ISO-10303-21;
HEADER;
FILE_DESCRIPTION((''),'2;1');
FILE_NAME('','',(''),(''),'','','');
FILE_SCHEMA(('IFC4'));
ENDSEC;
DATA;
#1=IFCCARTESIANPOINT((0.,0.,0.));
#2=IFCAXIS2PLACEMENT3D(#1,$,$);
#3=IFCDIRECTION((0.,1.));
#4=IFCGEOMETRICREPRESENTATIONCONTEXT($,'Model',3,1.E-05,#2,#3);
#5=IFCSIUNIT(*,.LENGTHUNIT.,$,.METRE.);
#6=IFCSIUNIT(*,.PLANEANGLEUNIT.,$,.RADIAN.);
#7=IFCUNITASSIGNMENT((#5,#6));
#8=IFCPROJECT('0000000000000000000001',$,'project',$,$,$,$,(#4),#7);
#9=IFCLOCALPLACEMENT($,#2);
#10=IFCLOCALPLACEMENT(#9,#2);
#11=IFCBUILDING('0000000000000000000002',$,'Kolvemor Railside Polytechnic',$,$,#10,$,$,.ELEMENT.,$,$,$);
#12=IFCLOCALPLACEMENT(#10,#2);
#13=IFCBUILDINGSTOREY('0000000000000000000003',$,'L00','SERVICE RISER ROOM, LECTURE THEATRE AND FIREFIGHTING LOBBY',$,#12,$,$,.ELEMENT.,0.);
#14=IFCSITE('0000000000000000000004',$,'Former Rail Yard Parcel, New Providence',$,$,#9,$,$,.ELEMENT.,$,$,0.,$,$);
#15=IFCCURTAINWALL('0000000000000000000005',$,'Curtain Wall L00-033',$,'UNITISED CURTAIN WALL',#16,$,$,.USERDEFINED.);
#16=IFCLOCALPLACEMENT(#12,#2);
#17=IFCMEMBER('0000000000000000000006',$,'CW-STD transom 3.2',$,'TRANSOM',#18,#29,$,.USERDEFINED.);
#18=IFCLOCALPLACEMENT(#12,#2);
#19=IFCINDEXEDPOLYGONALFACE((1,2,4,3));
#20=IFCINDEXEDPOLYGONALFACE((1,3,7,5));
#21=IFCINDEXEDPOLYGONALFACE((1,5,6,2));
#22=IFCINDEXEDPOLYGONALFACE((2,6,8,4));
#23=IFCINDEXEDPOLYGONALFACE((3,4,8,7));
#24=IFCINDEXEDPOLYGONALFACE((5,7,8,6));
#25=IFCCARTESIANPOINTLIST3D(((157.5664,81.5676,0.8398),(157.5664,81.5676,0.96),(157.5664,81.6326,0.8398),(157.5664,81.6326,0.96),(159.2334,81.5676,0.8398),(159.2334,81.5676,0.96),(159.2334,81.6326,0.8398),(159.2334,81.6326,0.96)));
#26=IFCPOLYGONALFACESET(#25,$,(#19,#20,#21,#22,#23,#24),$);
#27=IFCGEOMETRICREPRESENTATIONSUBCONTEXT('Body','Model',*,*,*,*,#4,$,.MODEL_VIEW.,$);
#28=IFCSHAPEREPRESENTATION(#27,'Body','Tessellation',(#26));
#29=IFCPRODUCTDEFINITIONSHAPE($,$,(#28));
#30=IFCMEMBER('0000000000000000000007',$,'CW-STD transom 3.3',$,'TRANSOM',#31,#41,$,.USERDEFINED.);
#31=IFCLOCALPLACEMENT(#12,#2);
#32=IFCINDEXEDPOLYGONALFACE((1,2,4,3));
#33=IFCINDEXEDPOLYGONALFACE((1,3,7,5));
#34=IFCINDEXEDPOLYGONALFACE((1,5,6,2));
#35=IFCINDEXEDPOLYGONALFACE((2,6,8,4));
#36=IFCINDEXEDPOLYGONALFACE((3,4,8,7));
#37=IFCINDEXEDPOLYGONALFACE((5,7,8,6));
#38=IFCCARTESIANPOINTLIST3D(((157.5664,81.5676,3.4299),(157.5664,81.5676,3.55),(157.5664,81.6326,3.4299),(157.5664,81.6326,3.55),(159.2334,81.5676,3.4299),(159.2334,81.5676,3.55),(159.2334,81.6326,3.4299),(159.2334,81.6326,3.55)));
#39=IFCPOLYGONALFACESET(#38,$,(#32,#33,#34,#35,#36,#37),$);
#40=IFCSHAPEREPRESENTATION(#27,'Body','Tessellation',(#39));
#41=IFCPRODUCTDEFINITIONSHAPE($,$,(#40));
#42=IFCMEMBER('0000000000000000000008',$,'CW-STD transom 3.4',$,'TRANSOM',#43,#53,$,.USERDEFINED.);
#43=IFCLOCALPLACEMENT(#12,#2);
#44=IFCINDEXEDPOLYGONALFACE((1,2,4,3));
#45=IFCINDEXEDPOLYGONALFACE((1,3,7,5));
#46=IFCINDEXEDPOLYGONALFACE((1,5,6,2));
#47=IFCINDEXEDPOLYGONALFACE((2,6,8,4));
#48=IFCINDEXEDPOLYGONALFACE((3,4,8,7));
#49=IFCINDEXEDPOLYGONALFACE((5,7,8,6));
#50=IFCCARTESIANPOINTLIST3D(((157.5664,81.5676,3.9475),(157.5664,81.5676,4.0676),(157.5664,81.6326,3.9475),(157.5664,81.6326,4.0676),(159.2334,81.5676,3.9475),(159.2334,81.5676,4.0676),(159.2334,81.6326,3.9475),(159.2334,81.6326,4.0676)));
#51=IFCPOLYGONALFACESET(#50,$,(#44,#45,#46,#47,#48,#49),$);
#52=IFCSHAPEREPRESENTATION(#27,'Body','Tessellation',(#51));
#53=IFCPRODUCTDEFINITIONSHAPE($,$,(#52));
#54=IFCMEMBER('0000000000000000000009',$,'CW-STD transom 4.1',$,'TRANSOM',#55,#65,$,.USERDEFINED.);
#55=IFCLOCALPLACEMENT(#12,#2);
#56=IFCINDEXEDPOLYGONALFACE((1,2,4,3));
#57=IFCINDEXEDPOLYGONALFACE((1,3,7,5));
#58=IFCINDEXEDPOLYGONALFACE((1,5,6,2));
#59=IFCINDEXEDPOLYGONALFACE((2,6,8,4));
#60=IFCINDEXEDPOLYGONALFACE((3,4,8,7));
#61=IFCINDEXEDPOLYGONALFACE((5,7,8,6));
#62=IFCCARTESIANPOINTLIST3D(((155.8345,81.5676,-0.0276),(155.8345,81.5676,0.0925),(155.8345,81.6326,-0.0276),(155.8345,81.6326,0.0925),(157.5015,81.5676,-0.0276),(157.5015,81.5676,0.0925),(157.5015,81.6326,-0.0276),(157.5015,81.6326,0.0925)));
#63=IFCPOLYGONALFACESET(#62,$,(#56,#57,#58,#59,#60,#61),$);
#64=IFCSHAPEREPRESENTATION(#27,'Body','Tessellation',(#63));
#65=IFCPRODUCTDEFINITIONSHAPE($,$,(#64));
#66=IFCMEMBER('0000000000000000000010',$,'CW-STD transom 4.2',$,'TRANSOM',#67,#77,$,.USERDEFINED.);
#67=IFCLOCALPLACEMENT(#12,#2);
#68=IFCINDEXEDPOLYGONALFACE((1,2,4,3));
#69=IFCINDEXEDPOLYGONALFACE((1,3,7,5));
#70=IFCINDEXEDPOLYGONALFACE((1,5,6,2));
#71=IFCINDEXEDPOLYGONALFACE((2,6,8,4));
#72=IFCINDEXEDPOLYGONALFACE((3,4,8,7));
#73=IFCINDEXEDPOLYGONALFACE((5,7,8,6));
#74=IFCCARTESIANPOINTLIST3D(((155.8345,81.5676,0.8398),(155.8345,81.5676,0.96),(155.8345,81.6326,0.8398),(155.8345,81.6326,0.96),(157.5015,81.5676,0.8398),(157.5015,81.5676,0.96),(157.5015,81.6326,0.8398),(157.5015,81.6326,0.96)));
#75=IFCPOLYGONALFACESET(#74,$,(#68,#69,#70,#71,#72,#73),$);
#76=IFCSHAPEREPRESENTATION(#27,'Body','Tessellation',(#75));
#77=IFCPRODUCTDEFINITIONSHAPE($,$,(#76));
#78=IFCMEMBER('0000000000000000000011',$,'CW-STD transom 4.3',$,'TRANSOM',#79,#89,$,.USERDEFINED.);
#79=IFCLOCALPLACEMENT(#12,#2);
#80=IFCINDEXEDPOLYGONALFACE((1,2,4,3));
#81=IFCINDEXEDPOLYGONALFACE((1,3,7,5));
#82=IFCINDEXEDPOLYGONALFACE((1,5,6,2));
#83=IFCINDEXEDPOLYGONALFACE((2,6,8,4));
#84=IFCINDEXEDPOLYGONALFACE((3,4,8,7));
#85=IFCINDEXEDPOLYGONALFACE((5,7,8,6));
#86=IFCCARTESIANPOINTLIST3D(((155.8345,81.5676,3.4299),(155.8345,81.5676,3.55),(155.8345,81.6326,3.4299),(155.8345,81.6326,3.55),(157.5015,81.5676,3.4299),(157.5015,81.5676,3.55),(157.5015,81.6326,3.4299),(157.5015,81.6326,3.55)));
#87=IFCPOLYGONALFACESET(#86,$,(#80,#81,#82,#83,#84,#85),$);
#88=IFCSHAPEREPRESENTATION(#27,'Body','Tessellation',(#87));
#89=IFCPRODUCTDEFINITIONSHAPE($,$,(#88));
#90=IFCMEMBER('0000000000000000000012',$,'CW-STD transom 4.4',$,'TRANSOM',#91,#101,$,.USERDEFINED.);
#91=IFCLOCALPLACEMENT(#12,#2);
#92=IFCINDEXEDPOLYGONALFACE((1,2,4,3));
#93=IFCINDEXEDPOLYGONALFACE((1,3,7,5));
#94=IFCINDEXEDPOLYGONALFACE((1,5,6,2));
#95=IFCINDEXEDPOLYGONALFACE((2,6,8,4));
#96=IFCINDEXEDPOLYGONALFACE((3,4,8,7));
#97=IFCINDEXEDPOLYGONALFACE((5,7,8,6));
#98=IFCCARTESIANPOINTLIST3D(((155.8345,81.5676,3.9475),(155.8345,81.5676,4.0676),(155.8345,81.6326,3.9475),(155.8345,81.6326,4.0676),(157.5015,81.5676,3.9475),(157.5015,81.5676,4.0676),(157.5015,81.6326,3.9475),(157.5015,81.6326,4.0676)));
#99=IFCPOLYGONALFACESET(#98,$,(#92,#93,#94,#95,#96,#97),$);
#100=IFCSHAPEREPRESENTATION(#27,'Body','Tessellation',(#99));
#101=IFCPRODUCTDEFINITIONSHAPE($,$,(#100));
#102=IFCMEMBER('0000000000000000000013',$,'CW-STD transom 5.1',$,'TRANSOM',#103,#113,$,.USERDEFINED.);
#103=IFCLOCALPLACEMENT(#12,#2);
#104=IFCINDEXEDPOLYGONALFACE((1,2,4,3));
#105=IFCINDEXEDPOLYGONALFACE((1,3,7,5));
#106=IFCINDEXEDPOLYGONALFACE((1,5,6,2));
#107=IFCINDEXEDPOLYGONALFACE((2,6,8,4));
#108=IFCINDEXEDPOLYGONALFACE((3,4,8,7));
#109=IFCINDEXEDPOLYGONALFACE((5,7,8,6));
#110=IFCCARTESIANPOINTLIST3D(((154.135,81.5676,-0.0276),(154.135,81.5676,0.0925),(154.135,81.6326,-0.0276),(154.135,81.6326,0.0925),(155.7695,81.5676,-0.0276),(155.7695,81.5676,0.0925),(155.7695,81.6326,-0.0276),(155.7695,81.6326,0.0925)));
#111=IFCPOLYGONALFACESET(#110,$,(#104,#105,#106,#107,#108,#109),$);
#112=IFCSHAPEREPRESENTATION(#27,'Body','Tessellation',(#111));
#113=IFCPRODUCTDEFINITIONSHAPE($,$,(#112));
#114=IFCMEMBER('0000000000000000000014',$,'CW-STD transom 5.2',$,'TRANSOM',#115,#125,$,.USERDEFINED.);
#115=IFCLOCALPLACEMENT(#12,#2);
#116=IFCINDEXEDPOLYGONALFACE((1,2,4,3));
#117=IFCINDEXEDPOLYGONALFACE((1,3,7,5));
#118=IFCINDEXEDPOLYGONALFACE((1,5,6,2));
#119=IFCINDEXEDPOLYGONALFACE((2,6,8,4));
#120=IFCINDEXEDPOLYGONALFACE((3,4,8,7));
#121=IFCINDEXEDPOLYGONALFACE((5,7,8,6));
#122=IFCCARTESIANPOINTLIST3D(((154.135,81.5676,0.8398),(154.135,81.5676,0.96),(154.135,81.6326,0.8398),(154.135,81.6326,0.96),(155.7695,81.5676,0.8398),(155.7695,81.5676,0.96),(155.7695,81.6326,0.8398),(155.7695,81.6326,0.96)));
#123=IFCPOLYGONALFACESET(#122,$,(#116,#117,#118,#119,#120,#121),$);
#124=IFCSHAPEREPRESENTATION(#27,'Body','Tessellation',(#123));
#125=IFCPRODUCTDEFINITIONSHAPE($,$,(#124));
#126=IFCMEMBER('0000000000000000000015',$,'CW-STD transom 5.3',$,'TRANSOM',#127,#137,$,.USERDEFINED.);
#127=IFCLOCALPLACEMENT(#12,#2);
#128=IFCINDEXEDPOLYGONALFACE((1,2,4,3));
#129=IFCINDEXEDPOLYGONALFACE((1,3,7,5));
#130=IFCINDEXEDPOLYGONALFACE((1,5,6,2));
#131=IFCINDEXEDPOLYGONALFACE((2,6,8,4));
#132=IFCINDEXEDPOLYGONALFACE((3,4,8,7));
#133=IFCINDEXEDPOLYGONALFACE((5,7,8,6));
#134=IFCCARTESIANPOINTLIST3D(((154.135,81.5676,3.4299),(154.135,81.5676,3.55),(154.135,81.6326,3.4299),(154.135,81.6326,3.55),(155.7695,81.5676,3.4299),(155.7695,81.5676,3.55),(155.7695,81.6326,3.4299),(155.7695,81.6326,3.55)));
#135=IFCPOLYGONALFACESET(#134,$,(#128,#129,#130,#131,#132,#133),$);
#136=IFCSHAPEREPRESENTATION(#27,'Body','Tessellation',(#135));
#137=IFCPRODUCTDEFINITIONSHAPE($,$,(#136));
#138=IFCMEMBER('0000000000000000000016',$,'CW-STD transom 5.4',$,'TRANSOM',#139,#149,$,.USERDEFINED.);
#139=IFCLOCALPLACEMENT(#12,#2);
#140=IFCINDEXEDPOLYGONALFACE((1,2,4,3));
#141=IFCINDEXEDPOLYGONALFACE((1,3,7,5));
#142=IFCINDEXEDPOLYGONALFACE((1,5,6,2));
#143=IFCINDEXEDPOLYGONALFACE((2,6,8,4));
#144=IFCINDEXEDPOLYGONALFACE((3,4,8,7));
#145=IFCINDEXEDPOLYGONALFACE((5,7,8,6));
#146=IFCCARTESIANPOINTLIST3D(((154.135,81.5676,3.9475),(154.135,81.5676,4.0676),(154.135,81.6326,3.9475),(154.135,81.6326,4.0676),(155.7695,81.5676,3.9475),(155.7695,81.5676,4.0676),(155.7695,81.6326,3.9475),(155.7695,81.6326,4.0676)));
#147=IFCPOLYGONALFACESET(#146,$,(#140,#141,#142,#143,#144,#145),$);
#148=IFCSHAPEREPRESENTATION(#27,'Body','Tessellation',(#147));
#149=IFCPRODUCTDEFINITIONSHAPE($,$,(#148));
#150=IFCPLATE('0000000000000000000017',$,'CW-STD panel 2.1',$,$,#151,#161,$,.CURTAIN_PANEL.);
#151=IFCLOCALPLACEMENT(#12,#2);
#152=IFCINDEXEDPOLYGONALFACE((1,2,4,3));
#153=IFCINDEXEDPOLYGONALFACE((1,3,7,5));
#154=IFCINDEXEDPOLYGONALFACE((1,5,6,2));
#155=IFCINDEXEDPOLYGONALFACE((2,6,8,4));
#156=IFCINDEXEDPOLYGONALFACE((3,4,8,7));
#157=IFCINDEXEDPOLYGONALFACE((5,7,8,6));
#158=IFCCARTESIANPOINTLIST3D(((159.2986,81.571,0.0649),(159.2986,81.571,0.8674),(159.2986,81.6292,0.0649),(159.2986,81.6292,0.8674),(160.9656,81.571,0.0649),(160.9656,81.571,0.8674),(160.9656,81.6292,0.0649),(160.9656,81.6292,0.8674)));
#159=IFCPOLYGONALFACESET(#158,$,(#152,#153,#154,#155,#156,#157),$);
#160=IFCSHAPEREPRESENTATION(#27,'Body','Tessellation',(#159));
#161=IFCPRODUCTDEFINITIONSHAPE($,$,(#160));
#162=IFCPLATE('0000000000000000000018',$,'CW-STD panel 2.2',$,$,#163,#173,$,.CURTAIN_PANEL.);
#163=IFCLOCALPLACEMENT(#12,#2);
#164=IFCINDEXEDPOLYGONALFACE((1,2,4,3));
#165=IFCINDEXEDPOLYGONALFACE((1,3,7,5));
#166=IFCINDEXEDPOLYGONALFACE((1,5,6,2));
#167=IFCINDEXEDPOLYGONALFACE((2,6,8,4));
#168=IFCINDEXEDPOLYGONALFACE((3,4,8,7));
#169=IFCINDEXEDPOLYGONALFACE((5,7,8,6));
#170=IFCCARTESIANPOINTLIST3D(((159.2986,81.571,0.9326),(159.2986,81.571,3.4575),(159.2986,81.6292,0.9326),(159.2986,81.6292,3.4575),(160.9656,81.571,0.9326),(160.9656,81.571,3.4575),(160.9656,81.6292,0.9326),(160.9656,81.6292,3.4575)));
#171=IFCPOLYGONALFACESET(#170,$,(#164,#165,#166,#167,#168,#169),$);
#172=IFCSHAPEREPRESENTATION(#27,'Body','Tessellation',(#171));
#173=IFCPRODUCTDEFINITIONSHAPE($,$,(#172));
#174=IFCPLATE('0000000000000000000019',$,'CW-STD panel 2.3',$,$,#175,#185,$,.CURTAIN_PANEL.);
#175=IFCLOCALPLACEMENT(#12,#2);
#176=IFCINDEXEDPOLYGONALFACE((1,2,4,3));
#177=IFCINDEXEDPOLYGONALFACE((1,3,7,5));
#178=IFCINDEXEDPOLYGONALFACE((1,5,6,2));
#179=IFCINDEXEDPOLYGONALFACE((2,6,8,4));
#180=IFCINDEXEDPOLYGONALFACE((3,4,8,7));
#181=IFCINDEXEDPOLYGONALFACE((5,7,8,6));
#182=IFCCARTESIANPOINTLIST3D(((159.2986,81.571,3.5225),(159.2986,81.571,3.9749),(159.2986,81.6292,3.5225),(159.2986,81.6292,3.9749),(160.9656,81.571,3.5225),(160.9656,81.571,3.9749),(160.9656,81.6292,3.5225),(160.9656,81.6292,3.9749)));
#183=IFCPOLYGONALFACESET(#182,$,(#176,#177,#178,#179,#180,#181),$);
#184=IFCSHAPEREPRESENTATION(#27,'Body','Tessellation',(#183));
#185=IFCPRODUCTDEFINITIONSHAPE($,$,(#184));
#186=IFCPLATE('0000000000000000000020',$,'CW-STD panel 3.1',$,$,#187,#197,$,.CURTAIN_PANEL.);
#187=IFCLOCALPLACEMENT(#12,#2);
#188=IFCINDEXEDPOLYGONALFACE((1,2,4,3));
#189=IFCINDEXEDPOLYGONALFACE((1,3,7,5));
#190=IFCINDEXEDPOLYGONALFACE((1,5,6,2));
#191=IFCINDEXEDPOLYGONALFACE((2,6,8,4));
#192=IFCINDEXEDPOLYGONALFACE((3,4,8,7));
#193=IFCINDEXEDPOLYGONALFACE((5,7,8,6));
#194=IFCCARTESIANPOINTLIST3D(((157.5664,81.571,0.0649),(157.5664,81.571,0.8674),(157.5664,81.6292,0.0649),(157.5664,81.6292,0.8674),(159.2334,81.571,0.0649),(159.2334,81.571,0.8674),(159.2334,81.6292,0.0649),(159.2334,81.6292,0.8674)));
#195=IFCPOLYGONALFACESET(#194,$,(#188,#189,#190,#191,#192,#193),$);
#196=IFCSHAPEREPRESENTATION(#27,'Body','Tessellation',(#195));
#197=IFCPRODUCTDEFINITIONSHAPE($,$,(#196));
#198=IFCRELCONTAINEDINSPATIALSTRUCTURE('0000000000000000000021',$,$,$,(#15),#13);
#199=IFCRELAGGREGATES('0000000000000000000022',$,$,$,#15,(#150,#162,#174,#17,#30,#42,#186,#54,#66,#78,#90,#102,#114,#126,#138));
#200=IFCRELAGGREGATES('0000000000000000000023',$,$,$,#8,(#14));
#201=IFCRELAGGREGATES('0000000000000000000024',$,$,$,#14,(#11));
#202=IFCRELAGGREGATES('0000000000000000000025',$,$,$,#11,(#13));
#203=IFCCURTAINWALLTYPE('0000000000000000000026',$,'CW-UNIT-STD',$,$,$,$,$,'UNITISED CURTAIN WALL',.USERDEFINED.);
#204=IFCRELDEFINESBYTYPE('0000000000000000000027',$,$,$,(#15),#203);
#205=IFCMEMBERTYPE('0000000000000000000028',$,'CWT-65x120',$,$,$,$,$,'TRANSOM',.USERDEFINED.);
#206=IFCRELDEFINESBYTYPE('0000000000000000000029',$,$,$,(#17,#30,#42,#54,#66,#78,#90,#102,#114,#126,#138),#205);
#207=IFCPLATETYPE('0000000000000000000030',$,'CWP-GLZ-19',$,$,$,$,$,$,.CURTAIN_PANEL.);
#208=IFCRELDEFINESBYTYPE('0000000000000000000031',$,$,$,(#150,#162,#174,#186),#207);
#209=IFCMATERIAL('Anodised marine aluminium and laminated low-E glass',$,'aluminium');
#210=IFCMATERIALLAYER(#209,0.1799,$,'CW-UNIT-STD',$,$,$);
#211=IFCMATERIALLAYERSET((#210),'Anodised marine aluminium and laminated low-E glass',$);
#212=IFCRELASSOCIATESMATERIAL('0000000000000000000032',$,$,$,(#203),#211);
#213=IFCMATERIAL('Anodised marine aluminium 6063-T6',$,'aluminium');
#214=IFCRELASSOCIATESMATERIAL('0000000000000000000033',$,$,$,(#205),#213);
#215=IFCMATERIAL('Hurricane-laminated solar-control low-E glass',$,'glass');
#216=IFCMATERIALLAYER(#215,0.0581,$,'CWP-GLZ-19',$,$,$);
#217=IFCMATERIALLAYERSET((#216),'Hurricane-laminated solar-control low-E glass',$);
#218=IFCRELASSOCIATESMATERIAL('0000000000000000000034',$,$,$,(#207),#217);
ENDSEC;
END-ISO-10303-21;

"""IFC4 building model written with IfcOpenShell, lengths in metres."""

from ifc_helpers import new_model, si_unit, direction, frame, origin, origin_2d, place, context, subcontext, project, spatial, rectangle, extrude, material, layer, layer_set, material_profile, profile_set, type_object, element, aggregate, save


model = new_model("IFC4")

# Units and contexts
model_context = context("Model", 3, precision=1e-05, world=origin(), true_north=direction((0.0, 1.0)))
body_context = subcontext(model_context, "Body", "Model", "MODEL_VIEW")
ifc_project = project(units=[si_unit("LENGTHUNIT", "METRE"), si_unit("PLANEANGLEUNIT", "RADIAN")], contexts=[model_context])

# Site, building, storey
site_placement = place(None, origin())
site = spatial("IfcSite", under=ifc_project, at=site_placement, Name="Former Rail Yard Parcel, New Providence", CompositionType="ELEMENT", RefElevation=0.0)
building_placement = place(site_placement, origin())
building = spatial("IfcBuilding", under=site, at=building_placement, Name="Kolvemor Railside Polytechnic", CompositionType="ELEMENT")
storey_placement = place(building_placement, origin())
storey = spatial("IfcBuildingStorey", under=building, at=storey_placement, Name="L00", Description="SERVICE RISER ROOM, LECTURE THEATRE AND FIREFIGHTING LOBBY", CompositionType="ELEMENT", Elevation=0.0)

# Curtain wall, members, plates
ifc_material_1 = material(Name="Anodised marine aluminium and laminated low-E glass", Category="aluminium")
ifc_layer_1 = layer(ifc_material_1, 0.1799, Name="CW-UNIT-STD")
ifc_layer_set_1 = layer_set([ifc_layer_1], Name="Anodised marine aluminium and laminated low-E glass")
curtain_wall_type = type_object("IfcCurtainWallType", Name="CW-UNIT-STD", ElementType="UNITISED CURTAIN WALL", PredefinedType="USERDEFINED", material=ifc_layer_set_1)
curtain_wall_placement = place(storey_placement, origin())
curtain_wall = element("IfcCurtainWall", 1, at=curtain_wall_placement, inside=storey, type_object=curtain_wall_type, Name="Curtain Wall L00-033", ObjectType="UNITISED CURTAIN WALL", PredefinedType="USERDEFINED")
ifc_material_2 = material(Name="Anodised marine aluminium 6063-T6", Category="aluminium")
ifc_material_profile_1 = material_profile(ifc_material_2, rectangle(XDim=0.0649, YDim=0.1201, at=origin_2d()), Name="CW-TRN-65x120")
ifc_profile_set_1 = profile_set([ifc_material_profile_1], Name="Anodised marine aluminium 6063-T6")
member_type_1 = type_object("IfcMemberType", Name="CWT-65x120", ElementType="TRANSOM", PredefinedType="USERDEFINED", material=ifc_profile_set_1)
member_1_placement = place(storey_placement, frame((159.2334, 81.6001, 0.8999), z_axis=(-1.0, 0.0, 0.0), x_axis=(0.0, -1.0, 0.0)))
member_1 = element("IfcMember", 2, at=member_1_placement, type_object=member_type_1, Name="CW-STD transom 3.2", ObjectType="TRANSOM", PredefinedType="USERDEFINED", context=body_context, shape_type="SweptSolid", body=[
    extrude(rectangle(XDim=0.0649, YDim=0.1201, at=origin_2d()), origin(), (0.0, 0.0, 1.0), 1.667),
])
member_2_placement = place(storey_placement, frame((159.2334, 81.6001, 3.49), z_axis=(-1.0, 0.0, 0.0), x_axis=(0.0, -1.0, 0.0)))
member_2 = element("IfcMember", 3, at=member_2_placement, type_object=member_type_1, Name="CW-STD transom 3.3", ObjectType="TRANSOM", PredefinedType="USERDEFINED", context=body_context, shape_type="SweptSolid", body=[
    extrude(rectangle(XDim=0.0649, YDim=0.1201, at=origin_2d()), origin(), (0.0, 0.0, 1.0), 1.667),
])
member_3_placement = place(storey_placement, frame((159.2334, 81.6001, 4.0076), z_axis=(-1.0, 0.0, 0.0), x_axis=(0.0, -1.0, 0.0)))
member_3 = element("IfcMember", 4, at=member_3_placement, type_object=member_type_1, Name="CW-STD transom 3.4", ObjectType="TRANSOM", PredefinedType="USERDEFINED", context=body_context, shape_type="SweptSolid", body=[
    extrude(rectangle(XDim=0.0649, YDim=0.1201, at=origin_2d()), origin(), (0.0, 0.0, 1.0), 1.667),
])
member_4_placement = place(storey_placement, frame((157.5015, 81.6001, 0.0325), z_axis=(-1.0, 0.0, 0.0), x_axis=(0.0, -1.0, 0.0)))
member_4 = element("IfcMember", 5, at=member_4_placement, type_object=member_type_1, Name="CW-STD transom 4.1", ObjectType="TRANSOM", PredefinedType="USERDEFINED", context=body_context, shape_type="SweptSolid", body=[
    extrude(rectangle(XDim=0.0649, YDim=0.1201, at=origin_2d()), origin(), (0.0, 0.0, 1.0), 1.667),
])
member_5_placement = place(storey_placement, frame((157.5015, 81.6001, 0.8999), z_axis=(-1.0, 0.0, 0.0), x_axis=(0.0, -1.0, 0.0)))
member_5 = element("IfcMember", 6, at=member_5_placement, type_object=member_type_1, Name="CW-STD transom 4.2", ObjectType="TRANSOM", PredefinedType="USERDEFINED", context=body_context, shape_type="SweptSolid", body=[
    extrude(rectangle(XDim=0.0649, YDim=0.1201, at=origin_2d()), origin(), (0.0, 0.0, 1.0), 1.667),
])
member_6_placement = place(storey_placement, frame((157.5015, 81.6001, 3.49), z_axis=(-1.0, 0.0, 0.0), x_axis=(0.0, -1.0, 0.0)))
member_6 = element("IfcMember", 7, at=member_6_placement, type_object=member_type_1, Name="CW-STD transom 4.3", ObjectType="TRANSOM", PredefinedType="USERDEFINED", context=body_context, shape_type="SweptSolid", body=[
    extrude(rectangle(XDim=0.0649, YDim=0.1201, at=origin_2d()), origin(), (0.0, 0.0, 1.0), 1.667),
])
member_7_placement = place(storey_placement, frame((157.5015, 81.6001, 4.0076), z_axis=(-1.0, 0.0, 0.0), x_axis=(0.0, -1.0, 0.0)))
member_7 = element("IfcMember", 8, at=member_7_placement, type_object=member_type_1, Name="CW-STD transom 4.4", ObjectType="TRANSOM", PredefinedType="USERDEFINED", context=body_context, shape_type="SweptSolid", body=[
    extrude(rectangle(XDim=0.0649, YDim=0.1201, at=origin_2d()), origin(), (0.0, 0.0, 1.0), 1.667),
])
member_8_placement = place(storey_placement, frame((155.7695, 81.6001, 0.0325), z_axis=(-1.0, 0.0, 0.0), x_axis=(0.0, -1.0, 0.0)))
member_8 = element("IfcMember", 9, at=member_8_placement, type_object=member_type_1, Name="CW-STD transom 5.1", ObjectType="TRANSOM", PredefinedType="USERDEFINED", context=body_context, shape_type="SweptSolid", body=[
    extrude(rectangle(XDim=0.0649, YDim=0.1201, at=origin_2d()), origin(), (0.0, 0.0, 1.0), 1.6345),
])
member_9_placement = place(storey_placement, frame((155.7695, 81.6001, 0.8999), z_axis=(-1.0, 0.0, 0.0), x_axis=(0.0, -1.0, 0.0)))
member_9 = element("IfcMember", 10, at=member_9_placement, type_object=member_type_1, Name="CW-STD transom 5.2", ObjectType="TRANSOM", PredefinedType="USERDEFINED", context=body_context, shape_type="SweptSolid", body=[
    extrude(rectangle(XDim=0.0649, YDim=0.1201, at=origin_2d()), origin(), (0.0, 0.0, 1.0), 1.6345),
])
member_10_placement = place(storey_placement, frame((155.7695, 81.6001, 3.49), z_axis=(-1.0, 0.0, 0.0), x_axis=(0.0, -1.0, 0.0)))
member_10 = element("IfcMember", 11, at=member_10_placement, type_object=member_type_1, Name="CW-STD transom 5.3", ObjectType="TRANSOM", PredefinedType="USERDEFINED", context=body_context, shape_type="SweptSolid", body=[
    extrude(rectangle(XDim=0.0649, YDim=0.1201, at=origin_2d()), origin(), (0.0, 0.0, 1.0), 1.6345),
])
member_11_placement = place(storey_placement, frame((155.7695, 81.6001, 4.0076), z_axis=(-1.0, 0.0, 0.0), x_axis=(0.0, -1.0, 0.0)))
member_11 = element("IfcMember", 12, at=member_11_placement, type_object=member_type_1, Name="CW-STD transom 5.4", ObjectType="TRANSOM", PredefinedType="USERDEFINED", context=body_context, shape_type="SweptSolid", body=[
    extrude(rectangle(XDim=0.0649, YDim=0.1201, at=origin_2d()), origin(), (0.0, 0.0, 1.0), 1.6345),
])
ifc_material_3 = material(Name="Hurricane-laminated solar-control low-E glass", Category="glass")
ifc_layer_2 = layer(ifc_material_3, 0.0581, Name="CWP-GLZ-19")
ifc_layer_set_2 = layer_set([ifc_layer_2], Name="Hurricane-laminated solar-control low-E glass")
plate_type = type_object("IfcPlateType", Name="CWP-GLZ-19", PredefinedType="CURTAIN_PANEL", material=ifc_layer_set_2)
plate_1_placement = place(storey_placement, frame((160.1321, 81.6001, 0.0649), z_axis=(0.0, 0.0, 1.0), x_axis=(-1.0, 0.0, 0.0)))
plate_1 = element("IfcPlate", 13, at=plate_1_placement, type_object=plate_type, Name="CW-STD panel 2.1", PredefinedType="CURTAIN_PANEL", context=body_context, shape_type="SweptSolid", body=[
    extrude(rectangle(XDim=1.667, YDim=0.0581, at=origin_2d()), origin(), (0.0, 0.0, 1.0), 0.8025),
])
plate_2_placement = place(storey_placement, frame((160.1321, 81.6001, 0.9326), z_axis=(0.0, 0.0, 1.0), x_axis=(-1.0, 0.0, 0.0)))
plate_2 = element("IfcPlate", 14, at=plate_2_placement, type_object=plate_type, Name="CW-STD panel 2.2", PredefinedType="CURTAIN_PANEL", context=body_context, shape_type="SweptSolid", body=[
    extrude(rectangle(XDim=1.667, YDim=0.0581, at=origin_2d()), origin(), (0.0, 0.0, 1.0), 2.5249),
])
plate_3_placement = place(storey_placement, frame((160.1321, 81.6001, 3.5225), z_axis=(0.0, 0.0, 1.0), x_axis=(-1.0, 0.0, 0.0)))
plate_3 = element("IfcPlate", 15, at=plate_3_placement, type_object=plate_type, Name="CW-STD panel 2.3", PredefinedType="CURTAIN_PANEL", context=body_context, shape_type="SweptSolid", body=[
    extrude(rectangle(XDim=1.667, YDim=0.0581, at=origin_2d()), origin(), (0.0, 0.0, 1.0), 0.4524),
])
plate_4_placement = place(storey_placement, frame((158.3999, 81.6001, 0.0649), z_axis=(0.0, 0.0, 1.0), x_axis=(-1.0, 0.0, 0.0)))
plate_4 = element("IfcPlate", 16, at=plate_4_placement, type_object=plate_type, Name="CW-STD panel 3.1", PredefinedType="CURTAIN_PANEL", context=body_context, shape_type="SweptSolid", body=[
    extrude(rectangle(XDim=1.667, YDim=0.0581, at=origin_2d()), origin(), (0.0, 0.0, 1.0), 0.8025),
])
aggregate(curtain_wall, [plate_1, plate_2, plate_3, member_1, member_2, member_3, plate_4, member_4, member_5, member_6, member_7, member_8, member_9, member_10, member_11])

save(model, "model.ifc")
